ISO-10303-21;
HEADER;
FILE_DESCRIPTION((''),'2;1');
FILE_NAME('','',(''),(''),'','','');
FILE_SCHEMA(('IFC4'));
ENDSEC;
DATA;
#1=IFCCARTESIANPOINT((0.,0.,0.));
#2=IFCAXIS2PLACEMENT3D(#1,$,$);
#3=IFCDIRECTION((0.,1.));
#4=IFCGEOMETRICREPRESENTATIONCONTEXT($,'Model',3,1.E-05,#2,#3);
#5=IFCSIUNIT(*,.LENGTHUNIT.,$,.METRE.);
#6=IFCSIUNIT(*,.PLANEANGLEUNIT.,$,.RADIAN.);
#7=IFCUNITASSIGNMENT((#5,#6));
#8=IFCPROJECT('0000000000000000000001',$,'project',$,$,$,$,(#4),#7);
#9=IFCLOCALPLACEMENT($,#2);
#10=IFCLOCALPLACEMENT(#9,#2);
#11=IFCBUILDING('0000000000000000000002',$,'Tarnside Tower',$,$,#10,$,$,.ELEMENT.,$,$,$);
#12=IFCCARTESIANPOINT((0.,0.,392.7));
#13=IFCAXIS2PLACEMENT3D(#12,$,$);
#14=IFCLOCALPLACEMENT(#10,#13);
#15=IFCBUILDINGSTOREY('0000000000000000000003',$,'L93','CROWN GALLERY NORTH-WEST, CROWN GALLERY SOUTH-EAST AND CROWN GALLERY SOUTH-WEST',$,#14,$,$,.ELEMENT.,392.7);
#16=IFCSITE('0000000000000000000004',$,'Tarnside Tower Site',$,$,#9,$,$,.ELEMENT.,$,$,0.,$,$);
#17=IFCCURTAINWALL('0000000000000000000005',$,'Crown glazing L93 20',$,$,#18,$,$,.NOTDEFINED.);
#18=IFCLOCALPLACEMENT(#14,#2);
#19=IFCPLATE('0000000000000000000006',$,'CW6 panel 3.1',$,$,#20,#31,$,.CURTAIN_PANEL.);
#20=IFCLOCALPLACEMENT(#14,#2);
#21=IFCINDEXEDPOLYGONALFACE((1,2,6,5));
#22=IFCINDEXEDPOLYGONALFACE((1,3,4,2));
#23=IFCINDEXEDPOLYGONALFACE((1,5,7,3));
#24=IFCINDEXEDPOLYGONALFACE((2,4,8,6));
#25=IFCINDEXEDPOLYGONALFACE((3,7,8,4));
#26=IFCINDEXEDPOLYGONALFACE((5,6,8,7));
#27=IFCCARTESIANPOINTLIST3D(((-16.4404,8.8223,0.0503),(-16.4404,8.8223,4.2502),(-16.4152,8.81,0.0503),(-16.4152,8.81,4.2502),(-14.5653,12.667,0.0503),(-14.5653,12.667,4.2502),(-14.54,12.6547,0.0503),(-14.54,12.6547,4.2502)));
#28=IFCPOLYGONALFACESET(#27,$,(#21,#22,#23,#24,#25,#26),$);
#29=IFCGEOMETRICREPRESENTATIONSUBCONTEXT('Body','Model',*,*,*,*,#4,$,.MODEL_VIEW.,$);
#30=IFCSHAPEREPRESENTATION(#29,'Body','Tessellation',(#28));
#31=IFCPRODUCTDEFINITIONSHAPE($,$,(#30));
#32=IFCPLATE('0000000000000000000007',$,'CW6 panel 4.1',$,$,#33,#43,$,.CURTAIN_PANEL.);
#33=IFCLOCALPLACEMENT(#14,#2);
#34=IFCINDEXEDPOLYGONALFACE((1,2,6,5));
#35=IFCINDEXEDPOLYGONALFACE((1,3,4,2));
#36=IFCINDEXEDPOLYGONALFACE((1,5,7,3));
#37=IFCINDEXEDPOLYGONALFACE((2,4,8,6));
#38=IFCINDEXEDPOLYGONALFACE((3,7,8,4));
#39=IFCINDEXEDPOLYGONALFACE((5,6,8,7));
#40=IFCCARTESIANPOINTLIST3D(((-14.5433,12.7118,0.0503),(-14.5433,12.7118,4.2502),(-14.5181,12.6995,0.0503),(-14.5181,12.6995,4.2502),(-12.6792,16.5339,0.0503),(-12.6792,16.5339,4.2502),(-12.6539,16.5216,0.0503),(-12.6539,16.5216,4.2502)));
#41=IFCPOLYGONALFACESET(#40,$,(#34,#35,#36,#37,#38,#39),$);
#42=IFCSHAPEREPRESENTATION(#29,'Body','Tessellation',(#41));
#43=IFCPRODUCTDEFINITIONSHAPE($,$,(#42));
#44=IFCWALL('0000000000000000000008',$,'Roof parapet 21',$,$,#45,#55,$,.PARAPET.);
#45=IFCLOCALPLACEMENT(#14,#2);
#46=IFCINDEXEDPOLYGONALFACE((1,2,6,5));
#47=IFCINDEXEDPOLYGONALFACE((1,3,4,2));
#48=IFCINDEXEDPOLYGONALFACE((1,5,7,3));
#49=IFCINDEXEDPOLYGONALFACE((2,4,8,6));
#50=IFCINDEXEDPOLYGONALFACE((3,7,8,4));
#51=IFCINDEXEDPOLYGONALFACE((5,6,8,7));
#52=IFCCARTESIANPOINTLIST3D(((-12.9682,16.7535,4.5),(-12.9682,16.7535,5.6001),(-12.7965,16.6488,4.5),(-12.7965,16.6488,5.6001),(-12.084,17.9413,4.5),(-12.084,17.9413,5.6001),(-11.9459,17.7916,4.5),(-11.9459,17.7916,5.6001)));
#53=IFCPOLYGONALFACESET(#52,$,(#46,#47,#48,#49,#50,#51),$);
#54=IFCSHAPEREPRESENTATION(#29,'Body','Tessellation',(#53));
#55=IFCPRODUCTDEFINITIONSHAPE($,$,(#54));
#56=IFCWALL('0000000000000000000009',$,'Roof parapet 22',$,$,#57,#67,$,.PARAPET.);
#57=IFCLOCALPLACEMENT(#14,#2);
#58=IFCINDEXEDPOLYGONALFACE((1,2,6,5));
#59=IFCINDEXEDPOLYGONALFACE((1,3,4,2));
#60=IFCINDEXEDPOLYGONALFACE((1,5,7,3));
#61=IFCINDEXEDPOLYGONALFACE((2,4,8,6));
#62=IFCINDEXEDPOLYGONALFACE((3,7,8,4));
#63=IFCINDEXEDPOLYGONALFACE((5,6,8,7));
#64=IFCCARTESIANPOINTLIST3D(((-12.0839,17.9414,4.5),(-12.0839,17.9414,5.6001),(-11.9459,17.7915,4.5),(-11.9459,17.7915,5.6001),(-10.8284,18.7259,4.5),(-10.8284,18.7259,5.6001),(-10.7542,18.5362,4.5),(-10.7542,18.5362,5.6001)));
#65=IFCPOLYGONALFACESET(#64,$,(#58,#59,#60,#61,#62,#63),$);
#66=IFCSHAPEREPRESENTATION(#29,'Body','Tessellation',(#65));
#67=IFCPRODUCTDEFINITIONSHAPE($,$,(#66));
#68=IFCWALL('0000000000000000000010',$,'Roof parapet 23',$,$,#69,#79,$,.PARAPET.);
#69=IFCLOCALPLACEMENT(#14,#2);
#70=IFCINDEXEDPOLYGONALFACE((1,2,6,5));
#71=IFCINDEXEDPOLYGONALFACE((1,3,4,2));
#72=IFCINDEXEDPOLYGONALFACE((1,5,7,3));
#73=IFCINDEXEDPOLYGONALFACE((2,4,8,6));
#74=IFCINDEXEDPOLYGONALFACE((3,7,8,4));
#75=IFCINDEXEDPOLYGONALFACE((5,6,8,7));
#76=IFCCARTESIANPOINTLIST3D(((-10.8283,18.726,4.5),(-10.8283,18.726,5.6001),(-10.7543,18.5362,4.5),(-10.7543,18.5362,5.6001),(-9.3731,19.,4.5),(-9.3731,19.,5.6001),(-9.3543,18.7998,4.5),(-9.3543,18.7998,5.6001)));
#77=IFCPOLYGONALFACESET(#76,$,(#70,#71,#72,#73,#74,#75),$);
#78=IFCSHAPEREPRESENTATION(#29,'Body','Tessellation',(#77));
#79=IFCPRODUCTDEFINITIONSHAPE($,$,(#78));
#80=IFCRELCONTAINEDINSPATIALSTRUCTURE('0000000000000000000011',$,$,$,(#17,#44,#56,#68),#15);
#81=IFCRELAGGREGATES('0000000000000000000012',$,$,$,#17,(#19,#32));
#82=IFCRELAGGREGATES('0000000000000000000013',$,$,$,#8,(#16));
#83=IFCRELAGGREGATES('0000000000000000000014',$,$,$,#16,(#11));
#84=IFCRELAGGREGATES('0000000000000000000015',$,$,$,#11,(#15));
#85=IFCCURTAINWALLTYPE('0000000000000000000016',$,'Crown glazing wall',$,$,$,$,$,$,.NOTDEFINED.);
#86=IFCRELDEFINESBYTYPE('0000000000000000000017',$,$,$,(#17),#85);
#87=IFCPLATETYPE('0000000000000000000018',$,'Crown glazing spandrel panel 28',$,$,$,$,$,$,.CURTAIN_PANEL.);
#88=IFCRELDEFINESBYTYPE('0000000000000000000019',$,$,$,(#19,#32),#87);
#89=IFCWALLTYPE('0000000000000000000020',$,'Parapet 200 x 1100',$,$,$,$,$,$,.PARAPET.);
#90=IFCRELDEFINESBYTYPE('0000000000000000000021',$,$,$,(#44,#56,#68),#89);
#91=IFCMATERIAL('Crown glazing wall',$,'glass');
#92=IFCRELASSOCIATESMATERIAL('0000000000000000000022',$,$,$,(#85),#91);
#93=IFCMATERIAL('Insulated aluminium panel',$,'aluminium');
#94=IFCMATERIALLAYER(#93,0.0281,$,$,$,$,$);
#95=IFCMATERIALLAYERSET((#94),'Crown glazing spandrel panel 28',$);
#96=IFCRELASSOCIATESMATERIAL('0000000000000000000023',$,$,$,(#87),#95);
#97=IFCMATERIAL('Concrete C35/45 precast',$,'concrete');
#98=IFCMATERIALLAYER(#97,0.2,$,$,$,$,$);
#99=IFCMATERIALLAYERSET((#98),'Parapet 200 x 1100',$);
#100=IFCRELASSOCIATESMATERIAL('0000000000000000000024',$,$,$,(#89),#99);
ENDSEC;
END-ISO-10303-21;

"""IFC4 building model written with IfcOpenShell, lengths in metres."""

from ifc_helpers import new_model, si_unit, direction, frame, origin, origin_2d, place, context, subcontext, project, spatial, polyline, rectangle, outline, extrude, material, layer, layer_set, type_object, element, aggregate, save


model = new_model("IFC4")

# Units and contexts
model_context = context("Model", 3, precision=1e-05, world=origin(), true_north=direction((0.0, 1.0)))
body_context = subcontext(model_context, "Body", "Model", "MODEL_VIEW")
ifc_project = project(units=[si_unit("LENGTHUNIT", "METRE"), si_unit("PLANEANGLEUNIT", "RADIAN")], contexts=[model_context])

# Site, building, storey
site_placement = place(None, origin())
site = spatial("IfcSite", under=ifc_project, at=site_placement, Name="Tarnside Tower Site", CompositionType="ELEMENT", RefElevation=0.0)
building_placement = place(site_placement, origin())
building = spatial("IfcBuilding", under=site, at=building_placement, Name="Tarnside Tower", CompositionType="ELEMENT")
storey_placement = place(building_placement, frame((0.0, 0.0, 392.7)))
storey = spatial("IfcBuildingStorey", under=building, at=storey_placement, Name="L93", Description="CROWN GALLERY NORTH-WEST, CROWN GALLERY SOUTH-EAST AND CROWN GALLERY SOUTH-WEST", CompositionType="ELEMENT", Elevation=392.7)

# Curtain wall
ifc_material_1 = material(Name="Crown glazing wall", Category="glass")
curtain_wall_type = type_object("IfcCurtainWallType", Name="Crown glazing wall", PredefinedType="NOTDEFINED", material=ifc_material_1)
curtain_wall_1_placement = place(storey_placement, origin())
curtain_wall_1 = element("IfcCurtainWall", 1, at=curtain_wall_1_placement, inside=storey, type_object=curtain_wall_type, Name="Crown glazing L93 20", PredefinedType="NOTDEFINED")

# Plates
ifc_material_2 = material(Name="Insulated aluminium panel", Category="aluminium")
ifc_layer_1 = layer(ifc_material_2, 0.0281)
ifc_layer_set_1 = layer_set([ifc_layer_1], Name="Crown glazing spandrel panel 28")
plate_type_1 = type_object("IfcPlateType", Name="Crown glazing spandrel panel 28", PredefinedType="CURTAIN_PANEL", material=ifc_layer_set_1)
plate_1_placement = place(storey_placement, frame((-15.4902, 10.7385, 0.0503), z_axis=(0.0, 0.0, 1.0), x_axis=(0.438371, 0.898794, 0.0)))
plate_1 = element("IfcPlate", 2, at=plate_1_placement, type_object=plate_type_1, Name="CW6 panel 3.1", PredefinedType="CURTAIN_PANEL", context=body_context, shape_type="SweptSolid", body=[
    extrude(rectangle(XDim=4.2776, YDim=0.0281, at=origin_2d()), origin(), (0.0, 0.0, 1.0), 4.2),
])
plate_2_placement = place(storey_placement, frame((-13.5986, 14.6167, 0.0503), z_axis=(0.0, 0.0, 1.0), x_axis=(0.438371, 0.898794, 0.0)))
plate_2 = element("IfcPlate", 3, at=plate_2_placement, type_object=plate_type_1, Name="CW6 panel 4.1", PredefinedType="CURTAIN_PANEL", context=body_context, shape_type="SweptSolid", body=[
    extrude(rectangle(XDim=4.2524, YDim=0.0281, at=origin_2d()), origin(), (0.0, 0.0, 1.0), 4.2),
])
aggregate(curtain_wall_1, [plate_1, plate_2])

# Walls
ifc_material_3 = material(Name="Concrete C35/45 precast", Category="concrete")
ifc_layer_2 = layer(ifc_material_3, 0.2)
ifc_layer_set_2 = layer_set([ifc_layer_2], Name="Parapet 200 x 1100")
wall_type = type_object("IfcWallType", Name="Parapet 200 x 1100", PredefinedType="PARAPET", material=ifc_layer_set_2)
wall_1_placement = place(storey_placement, frame((-12.8823, 16.7012, 4.5), z_axis=(0.0, 0.0, 1.0), x_axis=(0.597119, 0.802153, 0.0)))
element("IfcWall", 4, at=wall_1_placement, inside=storey, type_object=wall_type, Name="Roof parapet 21", PredefinedType="PARAPET", context=body_context, shape_type="SweptSolid", body=[
    extrude(outline(polyline([(0.0093, -0.1001), (1.4338, -0.1001), (1.4714, 0.1001), (-0.0093, 0.1001), (0.0093, -0.1001)])), origin(), (0.0, 0.0, 1.0), 1.1001),
])
wall_2_placement = place(storey_placement, frame((-12.0149, 17.8665, 4.5), z_axis=(0.0, 0.0, 1.0), x_axis=(0.848036, 0.529938, 0.0)))
element("IfcWall", 5, at=wall_2_placement, inside=storey, type_object=wall_type, Name="Roof parapet 22", PredefinedType="PARAPET", context=body_context, shape_type="SweptSolid", body=[
    extrude(outline(polyline([(0.0188, -0.1001), (1.4241, -0.1001), (1.4617, 0.1001), (-0.0188, 0.1001), (0.0188, -0.1001)])), origin(), (0.0, 0.0, 1.0), 1.1001),
])
wall_3_placement = place(storey_placement, frame((-10.7913, 18.6311, 4.5), z_axis=(0.0, 0.0, 1.0), x_axis=(0.982729, 0.18505, 0.0)))
element("IfcWall", 6, at=wall_3_placement, inside=storey, type_object=wall_type, Name="Roof parapet 23", PredefinedType="PARAPET", context=body_context, shape_type="SweptSolid", body=[
    extrude(outline(polyline([(0.0188, -0.1001), (1.4434, -0.1001), (1.4619, 0.1001), (-0.0188, 0.1001), (0.0188, -0.1001)])), origin(), (0.0, 0.0, 1.0), 1.1001),
])

save(model, "model.ifc")
